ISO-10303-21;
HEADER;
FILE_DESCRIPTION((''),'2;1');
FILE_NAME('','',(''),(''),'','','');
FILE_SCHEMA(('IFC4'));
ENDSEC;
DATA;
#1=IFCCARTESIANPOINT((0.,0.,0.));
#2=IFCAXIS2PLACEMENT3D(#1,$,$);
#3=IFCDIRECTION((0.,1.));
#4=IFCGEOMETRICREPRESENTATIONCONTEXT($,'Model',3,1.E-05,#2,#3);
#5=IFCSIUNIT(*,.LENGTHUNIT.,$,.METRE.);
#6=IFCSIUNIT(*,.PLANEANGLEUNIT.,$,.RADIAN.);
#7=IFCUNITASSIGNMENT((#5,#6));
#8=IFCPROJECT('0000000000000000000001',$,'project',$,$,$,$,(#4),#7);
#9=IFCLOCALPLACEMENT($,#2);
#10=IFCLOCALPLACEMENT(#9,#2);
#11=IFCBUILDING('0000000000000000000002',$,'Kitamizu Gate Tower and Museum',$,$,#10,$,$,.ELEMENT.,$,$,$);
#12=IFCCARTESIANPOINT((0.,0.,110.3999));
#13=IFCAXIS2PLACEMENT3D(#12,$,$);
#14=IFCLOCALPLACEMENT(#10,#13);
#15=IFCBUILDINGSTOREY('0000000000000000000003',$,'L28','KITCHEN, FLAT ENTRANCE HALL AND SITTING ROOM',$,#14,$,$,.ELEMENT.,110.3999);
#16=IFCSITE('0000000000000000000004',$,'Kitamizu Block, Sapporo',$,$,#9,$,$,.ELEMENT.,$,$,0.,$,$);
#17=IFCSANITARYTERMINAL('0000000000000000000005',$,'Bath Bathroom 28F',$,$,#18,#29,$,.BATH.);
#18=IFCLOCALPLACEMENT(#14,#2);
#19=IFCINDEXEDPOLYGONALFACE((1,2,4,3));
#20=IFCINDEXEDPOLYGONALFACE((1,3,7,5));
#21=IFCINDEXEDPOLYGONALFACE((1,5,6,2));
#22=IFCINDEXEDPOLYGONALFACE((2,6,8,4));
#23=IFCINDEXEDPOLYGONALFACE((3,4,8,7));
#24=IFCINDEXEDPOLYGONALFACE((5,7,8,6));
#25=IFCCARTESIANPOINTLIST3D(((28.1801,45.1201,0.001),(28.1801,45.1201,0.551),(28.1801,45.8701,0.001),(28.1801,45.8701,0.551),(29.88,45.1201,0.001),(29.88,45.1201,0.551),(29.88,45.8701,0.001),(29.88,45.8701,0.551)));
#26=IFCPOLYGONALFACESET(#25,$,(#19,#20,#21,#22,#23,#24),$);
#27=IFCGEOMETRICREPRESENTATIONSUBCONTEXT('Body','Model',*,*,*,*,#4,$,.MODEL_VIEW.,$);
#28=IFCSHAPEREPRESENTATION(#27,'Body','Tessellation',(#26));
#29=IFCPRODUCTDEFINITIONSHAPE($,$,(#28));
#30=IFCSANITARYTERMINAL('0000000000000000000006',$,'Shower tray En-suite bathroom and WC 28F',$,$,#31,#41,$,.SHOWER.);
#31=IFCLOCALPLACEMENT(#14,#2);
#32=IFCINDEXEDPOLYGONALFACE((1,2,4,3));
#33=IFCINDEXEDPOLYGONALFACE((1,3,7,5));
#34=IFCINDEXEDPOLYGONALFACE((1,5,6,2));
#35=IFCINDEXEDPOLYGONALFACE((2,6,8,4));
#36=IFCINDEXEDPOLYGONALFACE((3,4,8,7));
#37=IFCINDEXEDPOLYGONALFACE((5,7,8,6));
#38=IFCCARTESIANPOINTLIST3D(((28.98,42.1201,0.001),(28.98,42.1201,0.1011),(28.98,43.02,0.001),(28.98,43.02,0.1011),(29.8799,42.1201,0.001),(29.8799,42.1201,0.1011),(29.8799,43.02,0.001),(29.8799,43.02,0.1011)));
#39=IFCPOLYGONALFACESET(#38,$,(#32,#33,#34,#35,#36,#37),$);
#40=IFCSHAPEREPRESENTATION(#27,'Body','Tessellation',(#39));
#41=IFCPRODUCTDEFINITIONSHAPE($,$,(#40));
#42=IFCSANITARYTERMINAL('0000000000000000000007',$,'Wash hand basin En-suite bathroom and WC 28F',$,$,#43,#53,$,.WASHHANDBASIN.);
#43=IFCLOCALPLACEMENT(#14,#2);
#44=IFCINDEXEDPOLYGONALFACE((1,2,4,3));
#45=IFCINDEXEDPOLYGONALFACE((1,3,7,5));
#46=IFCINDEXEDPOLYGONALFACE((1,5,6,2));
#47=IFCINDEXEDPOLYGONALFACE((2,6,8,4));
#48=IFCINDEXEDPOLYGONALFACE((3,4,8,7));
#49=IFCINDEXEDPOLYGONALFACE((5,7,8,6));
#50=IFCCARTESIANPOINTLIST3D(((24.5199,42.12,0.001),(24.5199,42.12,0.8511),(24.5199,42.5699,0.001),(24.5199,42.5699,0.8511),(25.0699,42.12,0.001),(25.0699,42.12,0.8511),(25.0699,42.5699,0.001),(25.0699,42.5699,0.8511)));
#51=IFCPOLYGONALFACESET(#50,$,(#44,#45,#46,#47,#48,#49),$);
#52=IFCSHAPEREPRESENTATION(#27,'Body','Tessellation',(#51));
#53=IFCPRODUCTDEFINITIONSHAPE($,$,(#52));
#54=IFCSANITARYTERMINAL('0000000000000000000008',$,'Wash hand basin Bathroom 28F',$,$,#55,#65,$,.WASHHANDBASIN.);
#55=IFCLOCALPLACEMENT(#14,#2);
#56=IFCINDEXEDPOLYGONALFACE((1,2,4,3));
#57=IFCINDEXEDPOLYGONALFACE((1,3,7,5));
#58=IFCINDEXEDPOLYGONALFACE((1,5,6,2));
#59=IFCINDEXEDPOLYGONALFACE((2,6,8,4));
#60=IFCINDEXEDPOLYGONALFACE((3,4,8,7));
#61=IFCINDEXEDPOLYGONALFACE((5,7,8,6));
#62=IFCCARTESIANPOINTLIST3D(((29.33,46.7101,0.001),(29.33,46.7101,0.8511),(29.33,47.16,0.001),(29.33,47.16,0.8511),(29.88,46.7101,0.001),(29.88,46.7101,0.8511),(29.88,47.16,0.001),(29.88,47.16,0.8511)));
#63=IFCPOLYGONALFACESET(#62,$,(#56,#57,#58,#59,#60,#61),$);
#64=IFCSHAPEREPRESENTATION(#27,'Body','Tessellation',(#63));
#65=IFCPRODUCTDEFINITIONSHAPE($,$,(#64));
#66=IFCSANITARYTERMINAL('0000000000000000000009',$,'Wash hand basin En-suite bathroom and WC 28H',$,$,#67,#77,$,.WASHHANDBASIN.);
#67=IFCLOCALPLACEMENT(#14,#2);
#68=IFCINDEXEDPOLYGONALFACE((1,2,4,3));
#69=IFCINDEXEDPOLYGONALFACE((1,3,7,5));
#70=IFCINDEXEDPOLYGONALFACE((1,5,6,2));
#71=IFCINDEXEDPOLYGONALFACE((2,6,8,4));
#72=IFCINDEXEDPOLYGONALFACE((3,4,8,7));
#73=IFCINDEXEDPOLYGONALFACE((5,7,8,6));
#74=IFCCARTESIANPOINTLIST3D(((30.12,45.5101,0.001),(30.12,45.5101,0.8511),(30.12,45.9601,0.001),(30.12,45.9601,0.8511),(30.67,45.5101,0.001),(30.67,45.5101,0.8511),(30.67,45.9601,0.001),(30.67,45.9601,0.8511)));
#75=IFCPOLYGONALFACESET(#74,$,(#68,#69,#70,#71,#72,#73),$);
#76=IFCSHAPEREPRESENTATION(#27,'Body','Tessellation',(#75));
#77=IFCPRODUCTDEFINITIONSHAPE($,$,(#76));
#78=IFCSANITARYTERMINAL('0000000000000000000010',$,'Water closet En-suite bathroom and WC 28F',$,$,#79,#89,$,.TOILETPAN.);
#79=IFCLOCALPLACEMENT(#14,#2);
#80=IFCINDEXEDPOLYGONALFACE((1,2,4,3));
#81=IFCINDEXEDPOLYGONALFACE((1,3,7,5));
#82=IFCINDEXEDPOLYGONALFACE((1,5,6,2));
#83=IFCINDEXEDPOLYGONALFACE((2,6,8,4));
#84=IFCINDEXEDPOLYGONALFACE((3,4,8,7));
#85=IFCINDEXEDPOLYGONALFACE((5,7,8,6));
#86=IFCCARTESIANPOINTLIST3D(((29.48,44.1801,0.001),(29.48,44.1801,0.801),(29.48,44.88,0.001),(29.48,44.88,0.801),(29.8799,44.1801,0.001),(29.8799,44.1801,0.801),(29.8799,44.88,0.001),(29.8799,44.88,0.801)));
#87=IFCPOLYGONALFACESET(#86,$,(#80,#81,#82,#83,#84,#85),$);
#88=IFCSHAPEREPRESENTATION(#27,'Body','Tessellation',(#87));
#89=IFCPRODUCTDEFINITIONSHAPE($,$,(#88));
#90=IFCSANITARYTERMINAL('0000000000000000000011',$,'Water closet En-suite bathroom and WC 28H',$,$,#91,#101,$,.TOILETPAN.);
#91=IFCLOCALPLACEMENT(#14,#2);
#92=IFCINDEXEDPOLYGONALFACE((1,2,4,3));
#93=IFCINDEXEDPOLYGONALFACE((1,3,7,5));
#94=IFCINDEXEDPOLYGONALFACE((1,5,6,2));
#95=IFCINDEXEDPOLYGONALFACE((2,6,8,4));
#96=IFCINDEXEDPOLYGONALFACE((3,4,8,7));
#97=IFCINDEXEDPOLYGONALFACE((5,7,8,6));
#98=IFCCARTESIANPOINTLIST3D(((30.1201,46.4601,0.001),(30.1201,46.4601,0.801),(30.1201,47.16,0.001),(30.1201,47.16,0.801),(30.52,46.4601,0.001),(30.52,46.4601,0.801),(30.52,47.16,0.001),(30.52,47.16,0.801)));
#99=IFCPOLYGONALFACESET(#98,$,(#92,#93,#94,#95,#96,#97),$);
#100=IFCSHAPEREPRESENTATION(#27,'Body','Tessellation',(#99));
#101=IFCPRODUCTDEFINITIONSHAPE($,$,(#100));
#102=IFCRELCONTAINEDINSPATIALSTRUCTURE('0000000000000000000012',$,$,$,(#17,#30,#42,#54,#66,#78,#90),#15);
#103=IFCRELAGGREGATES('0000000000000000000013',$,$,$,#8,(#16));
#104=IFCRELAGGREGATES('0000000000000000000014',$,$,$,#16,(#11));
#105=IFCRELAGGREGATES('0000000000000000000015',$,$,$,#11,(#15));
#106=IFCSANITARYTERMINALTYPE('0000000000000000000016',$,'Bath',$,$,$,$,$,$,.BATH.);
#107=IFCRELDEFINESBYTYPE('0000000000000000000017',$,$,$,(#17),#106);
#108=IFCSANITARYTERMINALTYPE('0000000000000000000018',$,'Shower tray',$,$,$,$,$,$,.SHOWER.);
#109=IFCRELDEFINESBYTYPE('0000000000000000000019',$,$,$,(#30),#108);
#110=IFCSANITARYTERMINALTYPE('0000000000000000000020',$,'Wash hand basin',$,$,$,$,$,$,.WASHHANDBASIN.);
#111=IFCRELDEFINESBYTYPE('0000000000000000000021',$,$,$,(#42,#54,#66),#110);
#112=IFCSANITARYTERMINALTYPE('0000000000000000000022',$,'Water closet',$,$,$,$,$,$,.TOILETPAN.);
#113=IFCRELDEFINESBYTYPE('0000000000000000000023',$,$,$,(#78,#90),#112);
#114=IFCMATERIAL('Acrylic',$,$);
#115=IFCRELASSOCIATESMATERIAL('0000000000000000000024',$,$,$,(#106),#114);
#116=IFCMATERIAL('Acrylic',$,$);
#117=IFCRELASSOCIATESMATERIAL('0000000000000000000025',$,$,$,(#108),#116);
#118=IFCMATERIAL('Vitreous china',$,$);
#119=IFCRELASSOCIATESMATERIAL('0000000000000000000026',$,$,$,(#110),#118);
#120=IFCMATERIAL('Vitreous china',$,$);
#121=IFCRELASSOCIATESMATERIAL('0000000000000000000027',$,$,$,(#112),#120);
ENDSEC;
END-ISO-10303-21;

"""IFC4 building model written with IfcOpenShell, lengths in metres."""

from ifc_helpers import new_model, si_unit, direction, frame, origin, origin_2d, place, context, subcontext, project, spatial, rectangle, extrude, material, type_object, element, save


model = new_model("IFC4")

# Units and contexts
model_context = context("Model", 3, precision=1e-05, world=origin(), true_north=direction((0.0, 1.0)))
body_context = subcontext(model_context, "Body", "Model", "MODEL_VIEW")
ifc_project = project(units=[si_unit("LENGTHUNIT", "METRE"), si_unit("PLANEANGLEUNIT", "RADIAN")], contexts=[model_context])

# Site, building, storey
site_placement = place(None, origin())
site = spatial("IfcSite", under=ifc_project, at=site_placement, Name="Kitamizu Block, Sapporo", CompositionType="ELEMENT", RefElevation=0.0)
building_placement = place(site_placement, origin())
building = spatial("IfcBuilding", under=site, at=building_placement, Name="Kitamizu Gate Tower and Museum", CompositionType="ELEMENT")
storey_placement = place(building_placement, frame((0.0, 0.0, 110.3999)))
storey = spatial("IfcBuildingStorey", under=building, at=storey_placement, Name="L28", Description="KITCHEN, FLAT ENTRANCE HALL AND SITTING ROOM", CompositionType="ELEMENT", Elevation=110.3999)

# Sanitary terminals
ifc_material_1 = material(Name="Acrylic")
sanitary_terminal_type_1 = type_object("IfcSanitaryTerminalType", Name="Bath", PredefinedType="BATH", material=ifc_material_1)
sanitary_terminal_1_placement = place(storey_placement, frame((29.03, 45.4951, 0.001), z_axis=(0.0, 0.0, 1.0), x_axis=(1.0, 0.0, 0.0)))
element("IfcSanitaryTerminal", 1, at=sanitary_terminal_1_placement, inside=storey, type_object=sanitary_terminal_type_1, Name="Bath Bathroom 28F", PredefinedType="BATH", context=body_context, shape_type="SweptSolid", body=[
    extrude(rectangle(XDim=1.7, YDim=0.75, at=origin_2d()), origin(), (0.0, 0.0, 1.0), 0.55),
])
ifc_material_2 = material(Name="Acrylic")
sanitary_terminal_type_2 = type_object("IfcSanitaryTerminalType", Name="Shower tray", PredefinedType="SHOWER", material=ifc_material_2)
sanitary_terminal_2_placement = place(storey_placement, frame((29.4299, 42.5701, 0.001), z_axis=(0.0, 0.0, 1.0), x_axis=(1.0, 0.0, 0.0)))
element("IfcSanitaryTerminal", 2, at=sanitary_terminal_2_placement, inside=storey, type_object=sanitary_terminal_type_2, Name="Shower tray En-suite bathroom and WC 28F", PredefinedType="SHOWER", context=body_context, shape_type="SweptSolid", body=[
    extrude(rectangle(XDim=0.8999, YDim=0.8999, at=origin_2d()), origin(), (0.0, 0.0, 1.0), 0.1001),
])
ifc_material_3 = material(Name="Vitreous china")
sanitary_terminal_type_3 = type_object("IfcSanitaryTerminalType", Name="Wash hand basin", PredefinedType="WASHHANDBASIN", material=ifc_material_3)
for number, where, z_axis, x_axis, name in (
    (3, (24.7949, 42.345, 0.001), (0.0, 0.0, 1.0), (1.0, 0.0, 0.0), "Wash hand basin En-suite bathroom and WC 28F"),
    (4, (29.605, 46.9351, 0.001), (0.0, 0.0, 1.0), (1.0, 0.0, 0.0), "Wash hand basin Bathroom 28F"),
    (5, (30.395, 45.7351, 0.001), (0.0, 0.0, 1.0), (1.0, 0.0, 0.0), "Wash hand basin En-suite bathroom and WC 28H"),
):
    element("IfcSanitaryTerminal", number, at=place(storey_placement, frame(where, z_axis=z_axis, x_axis=x_axis)), inside=storey, type_object=sanitary_terminal_type_3, Name=name, PredefinedType="WASHHANDBASIN", context=body_context, shape_type="SweptSolid", body=[
        extrude(rectangle(XDim=0.55, YDim=0.45, at=origin_2d()), origin(), (0.0, 0.0, 1.0), 0.8501),
    ])
ifc_material_4 = material(Name="Vitreous china")
sanitary_terminal_type_4 = type_object("IfcSanitaryTerminalType", Name="Water closet", PredefinedType="TOILETPAN", material=ifc_material_4)
for number, where, z_axis, x_axis, name in (
    (6, (29.6799, 44.53, 0.001), (0.0, 0.0, 1.0), (1.0, 0.0, 0.0), "Water closet En-suite bathroom and WC 28F"),
    (7, (30.3201, 46.8101, 0.001), (0.0, 0.0, 1.0), (1.0, 0.0, 0.0), "Water closet En-suite bathroom and WC 28H"),
):
    element("IfcSanitaryTerminal", number, at=place(storey_placement, frame(where, z_axis=z_axis, x_axis=x_axis)), inside=storey, type_object=sanitary_terminal_type_4, Name=name, PredefinedType="TOILETPAN", context=body_context, shape_type="SweptSolid", body=[
        extrude(rectangle(XDim=0.3999, YDim=0.7, at=origin_2d()), origin(), (0.0, 0.0, 1.0), 0.8),
    ])

save(model, "model.ifc")
